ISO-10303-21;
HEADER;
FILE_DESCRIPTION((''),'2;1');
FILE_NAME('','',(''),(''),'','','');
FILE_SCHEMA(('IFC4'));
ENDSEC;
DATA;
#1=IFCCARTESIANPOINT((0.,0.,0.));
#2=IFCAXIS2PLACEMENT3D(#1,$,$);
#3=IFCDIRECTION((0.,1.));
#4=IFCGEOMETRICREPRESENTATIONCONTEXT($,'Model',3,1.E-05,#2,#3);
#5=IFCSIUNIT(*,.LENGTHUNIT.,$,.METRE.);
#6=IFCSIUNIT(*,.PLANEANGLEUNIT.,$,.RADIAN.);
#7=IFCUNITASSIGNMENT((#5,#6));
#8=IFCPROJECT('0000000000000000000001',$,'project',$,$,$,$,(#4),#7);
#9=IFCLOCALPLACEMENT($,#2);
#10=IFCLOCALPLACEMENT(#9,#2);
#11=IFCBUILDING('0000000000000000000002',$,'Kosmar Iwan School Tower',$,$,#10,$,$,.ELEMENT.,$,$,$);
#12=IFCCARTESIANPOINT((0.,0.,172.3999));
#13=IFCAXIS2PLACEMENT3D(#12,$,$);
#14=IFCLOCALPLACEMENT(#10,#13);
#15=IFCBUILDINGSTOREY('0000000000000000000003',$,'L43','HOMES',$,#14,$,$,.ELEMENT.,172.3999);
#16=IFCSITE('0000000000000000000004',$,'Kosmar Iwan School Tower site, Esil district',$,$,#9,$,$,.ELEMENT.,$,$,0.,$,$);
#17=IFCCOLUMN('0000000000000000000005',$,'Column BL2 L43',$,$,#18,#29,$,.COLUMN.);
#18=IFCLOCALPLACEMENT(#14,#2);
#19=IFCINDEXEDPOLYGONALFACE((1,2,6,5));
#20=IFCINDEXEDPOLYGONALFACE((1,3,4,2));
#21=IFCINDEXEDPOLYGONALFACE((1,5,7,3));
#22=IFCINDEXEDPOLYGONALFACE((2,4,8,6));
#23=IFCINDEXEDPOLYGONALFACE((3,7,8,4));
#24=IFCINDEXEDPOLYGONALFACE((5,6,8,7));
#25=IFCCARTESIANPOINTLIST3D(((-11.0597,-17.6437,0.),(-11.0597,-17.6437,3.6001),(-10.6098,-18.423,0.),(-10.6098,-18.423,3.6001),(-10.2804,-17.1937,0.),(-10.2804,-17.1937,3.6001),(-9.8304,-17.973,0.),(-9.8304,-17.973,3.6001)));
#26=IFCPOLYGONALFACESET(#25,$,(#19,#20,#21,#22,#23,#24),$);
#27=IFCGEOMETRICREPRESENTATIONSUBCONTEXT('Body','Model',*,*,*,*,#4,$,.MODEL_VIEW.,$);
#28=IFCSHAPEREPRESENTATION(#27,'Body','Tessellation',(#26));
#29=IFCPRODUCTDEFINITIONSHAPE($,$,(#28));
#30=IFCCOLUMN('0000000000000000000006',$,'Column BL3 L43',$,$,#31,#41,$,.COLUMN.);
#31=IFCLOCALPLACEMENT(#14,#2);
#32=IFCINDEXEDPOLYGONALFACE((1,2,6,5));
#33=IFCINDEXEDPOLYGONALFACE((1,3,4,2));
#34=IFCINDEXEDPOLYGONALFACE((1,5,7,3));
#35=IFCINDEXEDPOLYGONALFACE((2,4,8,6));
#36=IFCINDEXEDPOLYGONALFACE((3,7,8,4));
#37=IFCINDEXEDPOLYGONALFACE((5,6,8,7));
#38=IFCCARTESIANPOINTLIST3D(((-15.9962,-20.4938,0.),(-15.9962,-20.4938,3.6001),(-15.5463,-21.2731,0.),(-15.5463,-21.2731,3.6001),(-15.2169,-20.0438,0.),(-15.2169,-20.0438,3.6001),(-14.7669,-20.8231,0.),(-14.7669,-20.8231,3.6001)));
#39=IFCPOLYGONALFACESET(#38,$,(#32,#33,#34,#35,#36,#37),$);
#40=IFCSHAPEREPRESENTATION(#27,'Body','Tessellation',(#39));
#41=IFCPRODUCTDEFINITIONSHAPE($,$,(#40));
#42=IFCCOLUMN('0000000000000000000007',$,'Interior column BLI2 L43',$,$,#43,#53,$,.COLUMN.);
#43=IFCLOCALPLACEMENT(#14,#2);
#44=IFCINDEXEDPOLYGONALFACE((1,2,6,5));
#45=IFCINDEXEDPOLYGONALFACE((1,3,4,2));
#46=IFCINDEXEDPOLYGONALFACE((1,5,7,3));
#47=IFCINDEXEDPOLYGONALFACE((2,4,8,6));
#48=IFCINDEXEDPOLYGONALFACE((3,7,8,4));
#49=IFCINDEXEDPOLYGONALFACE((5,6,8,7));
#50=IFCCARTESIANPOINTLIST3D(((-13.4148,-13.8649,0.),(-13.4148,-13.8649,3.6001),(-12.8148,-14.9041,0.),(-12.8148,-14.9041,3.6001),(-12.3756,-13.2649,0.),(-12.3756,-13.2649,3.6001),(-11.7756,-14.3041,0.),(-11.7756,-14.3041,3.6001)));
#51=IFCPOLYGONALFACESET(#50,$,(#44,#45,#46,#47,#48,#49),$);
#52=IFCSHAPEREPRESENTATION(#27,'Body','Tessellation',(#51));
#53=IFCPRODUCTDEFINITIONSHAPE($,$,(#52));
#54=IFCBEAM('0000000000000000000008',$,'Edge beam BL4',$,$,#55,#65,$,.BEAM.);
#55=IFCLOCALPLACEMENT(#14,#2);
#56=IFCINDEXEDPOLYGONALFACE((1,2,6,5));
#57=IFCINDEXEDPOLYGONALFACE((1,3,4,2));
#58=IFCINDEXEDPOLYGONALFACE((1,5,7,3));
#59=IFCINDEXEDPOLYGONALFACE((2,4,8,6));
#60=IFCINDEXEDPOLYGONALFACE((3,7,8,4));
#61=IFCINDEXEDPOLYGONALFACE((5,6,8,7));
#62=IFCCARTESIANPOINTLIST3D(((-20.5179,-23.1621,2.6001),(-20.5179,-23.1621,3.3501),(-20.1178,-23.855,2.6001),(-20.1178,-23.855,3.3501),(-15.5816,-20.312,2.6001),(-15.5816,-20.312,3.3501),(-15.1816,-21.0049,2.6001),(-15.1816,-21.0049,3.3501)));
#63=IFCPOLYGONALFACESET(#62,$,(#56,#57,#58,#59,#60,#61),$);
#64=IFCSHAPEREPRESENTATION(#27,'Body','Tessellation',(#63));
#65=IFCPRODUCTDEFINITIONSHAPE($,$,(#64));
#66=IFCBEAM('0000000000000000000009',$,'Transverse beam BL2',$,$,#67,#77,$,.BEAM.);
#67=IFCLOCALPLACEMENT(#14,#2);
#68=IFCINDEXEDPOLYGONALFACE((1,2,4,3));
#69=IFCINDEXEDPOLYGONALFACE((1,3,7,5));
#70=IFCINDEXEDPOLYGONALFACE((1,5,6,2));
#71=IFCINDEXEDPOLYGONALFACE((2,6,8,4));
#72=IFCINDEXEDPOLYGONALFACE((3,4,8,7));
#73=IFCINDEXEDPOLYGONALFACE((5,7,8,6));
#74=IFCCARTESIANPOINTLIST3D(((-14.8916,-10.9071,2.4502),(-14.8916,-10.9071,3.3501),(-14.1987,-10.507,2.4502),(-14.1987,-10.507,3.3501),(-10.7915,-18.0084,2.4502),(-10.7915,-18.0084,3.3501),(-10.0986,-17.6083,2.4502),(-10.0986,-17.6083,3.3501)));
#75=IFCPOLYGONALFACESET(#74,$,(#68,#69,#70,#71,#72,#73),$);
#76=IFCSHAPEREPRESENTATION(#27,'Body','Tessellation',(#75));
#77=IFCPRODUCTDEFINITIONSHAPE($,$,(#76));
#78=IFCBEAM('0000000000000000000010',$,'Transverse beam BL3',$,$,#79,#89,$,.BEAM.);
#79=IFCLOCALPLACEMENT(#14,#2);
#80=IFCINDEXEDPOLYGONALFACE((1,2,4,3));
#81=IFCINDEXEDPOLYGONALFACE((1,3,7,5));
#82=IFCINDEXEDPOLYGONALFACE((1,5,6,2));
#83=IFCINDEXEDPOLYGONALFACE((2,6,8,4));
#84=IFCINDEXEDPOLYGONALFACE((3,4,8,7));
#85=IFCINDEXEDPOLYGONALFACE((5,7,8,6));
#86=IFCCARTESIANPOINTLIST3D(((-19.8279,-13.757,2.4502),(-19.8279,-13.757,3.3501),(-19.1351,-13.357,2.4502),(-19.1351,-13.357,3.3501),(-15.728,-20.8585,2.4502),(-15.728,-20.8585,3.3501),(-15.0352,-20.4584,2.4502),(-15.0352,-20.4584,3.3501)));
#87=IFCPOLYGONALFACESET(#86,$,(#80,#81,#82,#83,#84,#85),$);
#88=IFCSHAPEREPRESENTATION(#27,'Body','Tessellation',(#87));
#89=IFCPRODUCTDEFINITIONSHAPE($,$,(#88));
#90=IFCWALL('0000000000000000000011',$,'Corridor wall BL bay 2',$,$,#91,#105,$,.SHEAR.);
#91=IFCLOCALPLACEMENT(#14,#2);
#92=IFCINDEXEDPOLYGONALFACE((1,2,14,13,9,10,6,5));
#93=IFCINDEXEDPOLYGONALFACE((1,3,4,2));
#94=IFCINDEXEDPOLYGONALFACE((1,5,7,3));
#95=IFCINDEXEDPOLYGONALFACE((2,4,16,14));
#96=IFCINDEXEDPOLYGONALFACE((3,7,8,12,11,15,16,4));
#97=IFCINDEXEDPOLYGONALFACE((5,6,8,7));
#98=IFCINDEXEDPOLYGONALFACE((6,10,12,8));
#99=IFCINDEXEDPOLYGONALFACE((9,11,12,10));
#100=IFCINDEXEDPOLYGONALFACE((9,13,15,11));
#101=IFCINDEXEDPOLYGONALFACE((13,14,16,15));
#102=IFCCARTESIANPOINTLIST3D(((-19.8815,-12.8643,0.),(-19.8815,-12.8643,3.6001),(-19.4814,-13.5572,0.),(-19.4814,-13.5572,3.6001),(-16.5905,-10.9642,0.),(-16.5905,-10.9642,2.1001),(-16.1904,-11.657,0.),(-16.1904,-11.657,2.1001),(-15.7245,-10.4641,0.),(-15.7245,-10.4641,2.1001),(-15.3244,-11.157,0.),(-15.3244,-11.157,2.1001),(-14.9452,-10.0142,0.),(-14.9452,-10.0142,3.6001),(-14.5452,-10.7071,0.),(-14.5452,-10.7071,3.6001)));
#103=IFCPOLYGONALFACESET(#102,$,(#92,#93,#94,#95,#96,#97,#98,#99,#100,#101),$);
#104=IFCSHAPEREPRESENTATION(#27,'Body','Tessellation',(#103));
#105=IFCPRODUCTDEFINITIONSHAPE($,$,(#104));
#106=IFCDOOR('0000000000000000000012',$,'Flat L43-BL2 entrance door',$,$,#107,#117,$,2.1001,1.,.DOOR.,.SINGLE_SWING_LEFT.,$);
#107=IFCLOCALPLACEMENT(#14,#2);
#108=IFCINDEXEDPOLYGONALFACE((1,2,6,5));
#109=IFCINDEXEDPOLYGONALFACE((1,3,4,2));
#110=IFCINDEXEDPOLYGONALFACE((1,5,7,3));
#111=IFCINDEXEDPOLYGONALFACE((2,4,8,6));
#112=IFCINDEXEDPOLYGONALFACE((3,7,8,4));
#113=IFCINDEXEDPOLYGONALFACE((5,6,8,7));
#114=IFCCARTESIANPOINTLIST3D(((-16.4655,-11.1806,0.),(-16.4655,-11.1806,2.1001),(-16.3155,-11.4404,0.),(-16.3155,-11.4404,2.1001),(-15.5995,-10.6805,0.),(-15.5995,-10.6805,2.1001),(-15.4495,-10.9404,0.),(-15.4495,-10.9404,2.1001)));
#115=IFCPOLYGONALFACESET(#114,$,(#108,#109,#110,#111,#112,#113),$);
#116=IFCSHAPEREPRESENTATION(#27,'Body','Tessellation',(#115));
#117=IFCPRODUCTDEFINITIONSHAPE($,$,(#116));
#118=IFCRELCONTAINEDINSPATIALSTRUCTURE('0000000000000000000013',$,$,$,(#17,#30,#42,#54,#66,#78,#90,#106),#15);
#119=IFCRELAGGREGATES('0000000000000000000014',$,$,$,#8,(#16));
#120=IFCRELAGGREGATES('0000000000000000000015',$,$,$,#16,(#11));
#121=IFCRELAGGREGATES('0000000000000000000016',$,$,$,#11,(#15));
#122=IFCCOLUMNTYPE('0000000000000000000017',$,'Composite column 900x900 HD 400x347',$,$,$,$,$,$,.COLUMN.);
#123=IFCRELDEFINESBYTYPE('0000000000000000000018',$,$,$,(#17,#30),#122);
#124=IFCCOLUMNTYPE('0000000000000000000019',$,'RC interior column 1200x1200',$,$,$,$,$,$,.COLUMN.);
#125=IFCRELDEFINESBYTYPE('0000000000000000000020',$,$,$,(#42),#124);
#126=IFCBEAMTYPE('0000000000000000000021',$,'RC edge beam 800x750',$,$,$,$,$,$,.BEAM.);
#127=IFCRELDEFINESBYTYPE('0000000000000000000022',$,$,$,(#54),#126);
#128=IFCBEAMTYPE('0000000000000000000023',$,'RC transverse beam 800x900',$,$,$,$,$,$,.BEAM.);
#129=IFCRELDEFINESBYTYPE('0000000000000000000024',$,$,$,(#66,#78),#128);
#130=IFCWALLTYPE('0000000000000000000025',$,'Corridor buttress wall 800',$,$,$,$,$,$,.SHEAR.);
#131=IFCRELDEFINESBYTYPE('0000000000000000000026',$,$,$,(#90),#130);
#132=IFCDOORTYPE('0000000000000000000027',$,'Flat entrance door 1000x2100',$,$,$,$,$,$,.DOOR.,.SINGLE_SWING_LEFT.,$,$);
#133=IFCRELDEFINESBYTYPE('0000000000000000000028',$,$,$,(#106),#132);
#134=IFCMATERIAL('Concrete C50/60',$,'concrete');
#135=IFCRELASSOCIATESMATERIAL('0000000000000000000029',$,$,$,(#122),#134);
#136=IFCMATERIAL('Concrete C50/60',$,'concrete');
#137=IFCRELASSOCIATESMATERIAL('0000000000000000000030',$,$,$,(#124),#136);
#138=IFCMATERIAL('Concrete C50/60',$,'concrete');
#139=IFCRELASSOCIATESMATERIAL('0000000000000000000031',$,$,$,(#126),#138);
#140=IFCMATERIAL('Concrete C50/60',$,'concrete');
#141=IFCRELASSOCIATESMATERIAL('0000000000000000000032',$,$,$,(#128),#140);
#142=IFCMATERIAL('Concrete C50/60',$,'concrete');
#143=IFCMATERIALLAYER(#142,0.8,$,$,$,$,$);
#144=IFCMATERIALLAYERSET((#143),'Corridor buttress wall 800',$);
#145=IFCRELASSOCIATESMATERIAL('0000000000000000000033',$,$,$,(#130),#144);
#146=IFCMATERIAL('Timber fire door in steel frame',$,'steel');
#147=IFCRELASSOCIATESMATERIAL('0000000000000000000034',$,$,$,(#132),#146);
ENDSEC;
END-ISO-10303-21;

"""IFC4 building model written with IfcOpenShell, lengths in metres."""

from ifc_helpers import new_model, si_unit, direction, frame, frame_2d, origin, origin_2d, place, context, subcontext, project, spatial, rectangle, extrude, material, layer, layer_set, material_profile, profile_set, type_object, element, fill, save


model = new_model("IFC4")

# Units and contexts
model_context = context("Model", 3, precision=1e-05, world=origin(), true_north=direction((0.0, 1.0)))
body_context = subcontext(model_context, "Body", "Model", "MODEL_VIEW")
ifc_project = project(units=[si_unit("LENGTHUNIT", "METRE"), si_unit("PLANEANGLEUNIT", "RADIAN")], contexts=[model_context])

# Site, building, storey
site_placement = place(None, origin())
site = spatial("IfcSite", under=ifc_project, at=site_placement, Name="Kosmar Iwan School Tower site, Esil district", CompositionType="ELEMENT", RefElevation=0.0)
building_placement = place(site_placement, origin())
building = spatial("IfcBuilding", under=site, at=building_placement, Name="Kosmar Iwan School Tower", CompositionType="ELEMENT")
storey_placement = place(building_placement, frame((0.0, 0.0, 172.3999)))
storey = spatial("IfcBuildingStorey", under=building, at=storey_placement, Name="L43", Description="HOMES", CompositionType="ELEMENT", Elevation=172.3999)

# Columns
ifc_material_1 = material(Name="Concrete C50/60", Category="concrete")
ifc_material_profile_1 = material_profile(ifc_material_1, rectangle(XDim=0.8999, YDim=0.8999, at=origin_2d()), Name="RC 900x900 + HD 400x347")
ifc_profile_set_1 = profile_set([ifc_material_profile_1], Name="Concrete C50/60")
column_type_1 = type_object("IfcColumnType", Name="Composite column 900x900 HD 400x347", PredefinedType="COLUMN", material=ifc_profile_set_1)
for number, where, z_axis, x_axis, name in (
    (1, (-10.4451, -17.8083, 0.0), (0.0, 0.0, 1.0), (-0.866025, -0.5, 0.0), "Column BL2 L43"),
    (2, (-15.3816, -20.6584, 0.0), (0.0, 0.0, 1.0), (-0.866025, -0.5, 0.0), "Column BL3 L43"),
):
    element("IfcColumn", number, at=place(storey_placement, frame(where, z_axis=z_axis, x_axis=x_axis)), inside=storey, type_object=column_type_1, Name=name, PredefinedType="COLUMN", context=body_context, shape_type="SweptSolid", body=[
        extrude(rectangle(XDim=0.8999, YDim=0.8999, at=origin_2d()), origin(), (0.0, 0.0, 1.0), 3.6001),
    ])
ifc_material_2 = material(Name="Concrete C50/60", Category="concrete")
ifc_material_profile_2 = material_profile(ifc_material_2, rectangle(XDim=1.2, YDim=1.2, at=origin_2d()), Name="RC 1200x1200")
ifc_profile_set_2 = profile_set([ifc_material_profile_2], Name="Concrete C50/60")
column_type_2 = type_object("IfcColumnType", Name="RC interior column 1200x1200", PredefinedType="COLUMN", material=ifc_profile_set_2)
column_placement = place(storey_placement, frame((-12.5952, -14.0845, 0.0), z_axis=(0.0, 0.0, 1.0), x_axis=(-0.866025, -0.5, 0.0)))
element("IfcColumn", 3, at=column_placement, inside=storey, type_object=column_type_2, Name="Interior column BLI2 L43", PredefinedType="COLUMN", context=body_context, shape_type="SweptSolid", body=[
    extrude(rectangle(XDim=1.2, YDim=1.2, at=origin_2d()), origin(), (0.0, 0.0, 1.0), 3.6001),
])

# Beams
ifc_material_3 = material(Name="Concrete C50/60", Category="concrete")
ifc_material_profile_3 = material_profile(ifc_material_3, rectangle(XDim=0.8, YDim=0.75, at=origin_2d()), Name="RC 800x750")
ifc_profile_set_3 = profile_set([ifc_material_profile_3], Name="Concrete C50/60")
beam_type_1 = type_object("IfcBeamType", Name="RC edge beam 800x750", PredefinedType="BEAM", material=ifc_profile_set_3)
beam_placement = place(storey_placement, frame((-15.3816, -20.6584, 2.9751), z_axis=(-0.866015, -0.500018, 0.0), x_axis=(0.500018, -0.866015, 0.0)))
element("IfcBeam", 4, at=beam_placement, inside=storey, type_object=beam_type_1, Name="Edge beam BL4", PredefinedType="BEAM", context=body_context, shape_type="SweptSolid", body=[
    extrude(rectangle(XDim=0.8, YDim=0.75, at=origin_2d()), origin(), (0.0, 0.0, 1.0), 5.7),
])
ifc_material_4 = material(Name="Concrete C50/60", Category="concrete")
ifc_material_profile_4 = material_profile(ifc_material_4, rectangle(XDim=0.8, YDim=0.8999, at=origin_2d()), Name="RC 800x900")
ifc_profile_set_4 = profile_set([ifc_material_profile_4], Name="Concrete C50/60")
beam_type_2 = type_object("IfcBeamType", Name="RC transverse beam 800x900", PredefinedType="BEAM", material=ifc_profile_set_4)
for number, where, z_axis, x_axis, name in (
    (5, (-10.4451, -17.8083, 2.9001), (-0.500014, 0.866018, 0.0), (-0.866018, -0.500014, 0.0), "Transverse beam BL2"),
    (6, (-15.3816, -20.6584, 2.9001), (-0.499991, 0.86603, 0.0), (-0.86603, -0.499991, 0.0), "Transverse beam BL3"),
):
    element("IfcBeam", number, at=place(storey_placement, frame(where, z_axis=z_axis, x_axis=x_axis)), inside=storey, type_object=beam_type_2, Name=name, PredefinedType="BEAM", context=body_context, shape_type="SweptSolid", body=[
        extrude(rectangle(XDim=0.8, YDim=0.8999, at=origin_2d()), origin(), (0.0, 0.0, 1.0), 8.2),
    ])

# Wall, opening, door
ifc_material_5 = material(Name="Concrete C50/60", Category="concrete")
ifc_layer_1 = layer(ifc_material_5, 0.8)
ifc_layer_set_1 = layer_set([ifc_layer_1], Name="Corridor buttress wall 800")
wall_type_1 = type_object("IfcWallType", Name="Corridor buttress wall 800", PredefinedType="SHEAR", material=ifc_layer_set_1)
wall_1_placement = place(storey_placement, frame((-14.7451, -10.3606, 0.0), z_axis=(0.0, 0.0, 1.0), x_axis=(-0.866015, -0.500018, 0.0)))
wall_1 = element("IfcWall", 7, at=wall_1_placement, inside=storey, type_object=wall_type_1, Name="Corridor wall BL bay 2", PredefinedType="SHEAR", context=body_context, shape_type="SweptSolid", body=[
    extrude(rectangle(XDim=5.7, YDim=0.8, at=frame_2d((2.8501, 0.0))), origin(), (0.0, 0.0, 1.0), 3.6001),
])
opening_1_placement = place(wall_1_placement, frame((0.8999, 0.0, 0.0)))
opening_1 = element("IfcOpeningElement", 8, at=opening_1_placement, cuts=wall_1, PredefinedType="OPENING", context=body_context, shape_type="SweptSolid", body=[
    extrude(rectangle(XDim=1.0, YDim=2.1001, at=frame_2d((0.5, 1.05))), frame((0.0, 0.4121, 0.0), z_axis=(0.0, -1.0, 0.0), x_axis=(1.0, 0.0, 0.0)), (0.0, 0.0, 1.0), 0.824),
])
ifc_material_6 = material(Name="Timber fire door in steel frame", Category="steel")
door_type_1 = type_object("IfcDoorType", Name="Flat entrance door 1000x2100", OperationType="SINGLE_SWING_LEFT", PredefinedType="DOOR", material=ifc_material_6)
door_1_placement = place(opening_1_placement, origin())
door_1 = element("IfcDoor", 9, at=door_1_placement, inside=storey, type_object=door_type_1, Name="Flat L43-BL2 entrance door", OperationType="SINGLE_SWING_LEFT", OverallHeight=2.1001, OverallWidth=1.0, PredefinedType="DOOR", context=body_context, shape_type="SweptSolid", body=[
    extrude(rectangle(XDim=1.0, YDim=2.1001, at=frame_2d((0.5, 1.05))), frame((0.0, 0.1499, 0.0), z_axis=(0.0, -1.0, 0.0), x_axis=(1.0, 0.0, 0.0)), (0.0, 0.0, 1.0), 0.3),
])
fill(opening_1, door_1)

save(model, "model.ifc")
